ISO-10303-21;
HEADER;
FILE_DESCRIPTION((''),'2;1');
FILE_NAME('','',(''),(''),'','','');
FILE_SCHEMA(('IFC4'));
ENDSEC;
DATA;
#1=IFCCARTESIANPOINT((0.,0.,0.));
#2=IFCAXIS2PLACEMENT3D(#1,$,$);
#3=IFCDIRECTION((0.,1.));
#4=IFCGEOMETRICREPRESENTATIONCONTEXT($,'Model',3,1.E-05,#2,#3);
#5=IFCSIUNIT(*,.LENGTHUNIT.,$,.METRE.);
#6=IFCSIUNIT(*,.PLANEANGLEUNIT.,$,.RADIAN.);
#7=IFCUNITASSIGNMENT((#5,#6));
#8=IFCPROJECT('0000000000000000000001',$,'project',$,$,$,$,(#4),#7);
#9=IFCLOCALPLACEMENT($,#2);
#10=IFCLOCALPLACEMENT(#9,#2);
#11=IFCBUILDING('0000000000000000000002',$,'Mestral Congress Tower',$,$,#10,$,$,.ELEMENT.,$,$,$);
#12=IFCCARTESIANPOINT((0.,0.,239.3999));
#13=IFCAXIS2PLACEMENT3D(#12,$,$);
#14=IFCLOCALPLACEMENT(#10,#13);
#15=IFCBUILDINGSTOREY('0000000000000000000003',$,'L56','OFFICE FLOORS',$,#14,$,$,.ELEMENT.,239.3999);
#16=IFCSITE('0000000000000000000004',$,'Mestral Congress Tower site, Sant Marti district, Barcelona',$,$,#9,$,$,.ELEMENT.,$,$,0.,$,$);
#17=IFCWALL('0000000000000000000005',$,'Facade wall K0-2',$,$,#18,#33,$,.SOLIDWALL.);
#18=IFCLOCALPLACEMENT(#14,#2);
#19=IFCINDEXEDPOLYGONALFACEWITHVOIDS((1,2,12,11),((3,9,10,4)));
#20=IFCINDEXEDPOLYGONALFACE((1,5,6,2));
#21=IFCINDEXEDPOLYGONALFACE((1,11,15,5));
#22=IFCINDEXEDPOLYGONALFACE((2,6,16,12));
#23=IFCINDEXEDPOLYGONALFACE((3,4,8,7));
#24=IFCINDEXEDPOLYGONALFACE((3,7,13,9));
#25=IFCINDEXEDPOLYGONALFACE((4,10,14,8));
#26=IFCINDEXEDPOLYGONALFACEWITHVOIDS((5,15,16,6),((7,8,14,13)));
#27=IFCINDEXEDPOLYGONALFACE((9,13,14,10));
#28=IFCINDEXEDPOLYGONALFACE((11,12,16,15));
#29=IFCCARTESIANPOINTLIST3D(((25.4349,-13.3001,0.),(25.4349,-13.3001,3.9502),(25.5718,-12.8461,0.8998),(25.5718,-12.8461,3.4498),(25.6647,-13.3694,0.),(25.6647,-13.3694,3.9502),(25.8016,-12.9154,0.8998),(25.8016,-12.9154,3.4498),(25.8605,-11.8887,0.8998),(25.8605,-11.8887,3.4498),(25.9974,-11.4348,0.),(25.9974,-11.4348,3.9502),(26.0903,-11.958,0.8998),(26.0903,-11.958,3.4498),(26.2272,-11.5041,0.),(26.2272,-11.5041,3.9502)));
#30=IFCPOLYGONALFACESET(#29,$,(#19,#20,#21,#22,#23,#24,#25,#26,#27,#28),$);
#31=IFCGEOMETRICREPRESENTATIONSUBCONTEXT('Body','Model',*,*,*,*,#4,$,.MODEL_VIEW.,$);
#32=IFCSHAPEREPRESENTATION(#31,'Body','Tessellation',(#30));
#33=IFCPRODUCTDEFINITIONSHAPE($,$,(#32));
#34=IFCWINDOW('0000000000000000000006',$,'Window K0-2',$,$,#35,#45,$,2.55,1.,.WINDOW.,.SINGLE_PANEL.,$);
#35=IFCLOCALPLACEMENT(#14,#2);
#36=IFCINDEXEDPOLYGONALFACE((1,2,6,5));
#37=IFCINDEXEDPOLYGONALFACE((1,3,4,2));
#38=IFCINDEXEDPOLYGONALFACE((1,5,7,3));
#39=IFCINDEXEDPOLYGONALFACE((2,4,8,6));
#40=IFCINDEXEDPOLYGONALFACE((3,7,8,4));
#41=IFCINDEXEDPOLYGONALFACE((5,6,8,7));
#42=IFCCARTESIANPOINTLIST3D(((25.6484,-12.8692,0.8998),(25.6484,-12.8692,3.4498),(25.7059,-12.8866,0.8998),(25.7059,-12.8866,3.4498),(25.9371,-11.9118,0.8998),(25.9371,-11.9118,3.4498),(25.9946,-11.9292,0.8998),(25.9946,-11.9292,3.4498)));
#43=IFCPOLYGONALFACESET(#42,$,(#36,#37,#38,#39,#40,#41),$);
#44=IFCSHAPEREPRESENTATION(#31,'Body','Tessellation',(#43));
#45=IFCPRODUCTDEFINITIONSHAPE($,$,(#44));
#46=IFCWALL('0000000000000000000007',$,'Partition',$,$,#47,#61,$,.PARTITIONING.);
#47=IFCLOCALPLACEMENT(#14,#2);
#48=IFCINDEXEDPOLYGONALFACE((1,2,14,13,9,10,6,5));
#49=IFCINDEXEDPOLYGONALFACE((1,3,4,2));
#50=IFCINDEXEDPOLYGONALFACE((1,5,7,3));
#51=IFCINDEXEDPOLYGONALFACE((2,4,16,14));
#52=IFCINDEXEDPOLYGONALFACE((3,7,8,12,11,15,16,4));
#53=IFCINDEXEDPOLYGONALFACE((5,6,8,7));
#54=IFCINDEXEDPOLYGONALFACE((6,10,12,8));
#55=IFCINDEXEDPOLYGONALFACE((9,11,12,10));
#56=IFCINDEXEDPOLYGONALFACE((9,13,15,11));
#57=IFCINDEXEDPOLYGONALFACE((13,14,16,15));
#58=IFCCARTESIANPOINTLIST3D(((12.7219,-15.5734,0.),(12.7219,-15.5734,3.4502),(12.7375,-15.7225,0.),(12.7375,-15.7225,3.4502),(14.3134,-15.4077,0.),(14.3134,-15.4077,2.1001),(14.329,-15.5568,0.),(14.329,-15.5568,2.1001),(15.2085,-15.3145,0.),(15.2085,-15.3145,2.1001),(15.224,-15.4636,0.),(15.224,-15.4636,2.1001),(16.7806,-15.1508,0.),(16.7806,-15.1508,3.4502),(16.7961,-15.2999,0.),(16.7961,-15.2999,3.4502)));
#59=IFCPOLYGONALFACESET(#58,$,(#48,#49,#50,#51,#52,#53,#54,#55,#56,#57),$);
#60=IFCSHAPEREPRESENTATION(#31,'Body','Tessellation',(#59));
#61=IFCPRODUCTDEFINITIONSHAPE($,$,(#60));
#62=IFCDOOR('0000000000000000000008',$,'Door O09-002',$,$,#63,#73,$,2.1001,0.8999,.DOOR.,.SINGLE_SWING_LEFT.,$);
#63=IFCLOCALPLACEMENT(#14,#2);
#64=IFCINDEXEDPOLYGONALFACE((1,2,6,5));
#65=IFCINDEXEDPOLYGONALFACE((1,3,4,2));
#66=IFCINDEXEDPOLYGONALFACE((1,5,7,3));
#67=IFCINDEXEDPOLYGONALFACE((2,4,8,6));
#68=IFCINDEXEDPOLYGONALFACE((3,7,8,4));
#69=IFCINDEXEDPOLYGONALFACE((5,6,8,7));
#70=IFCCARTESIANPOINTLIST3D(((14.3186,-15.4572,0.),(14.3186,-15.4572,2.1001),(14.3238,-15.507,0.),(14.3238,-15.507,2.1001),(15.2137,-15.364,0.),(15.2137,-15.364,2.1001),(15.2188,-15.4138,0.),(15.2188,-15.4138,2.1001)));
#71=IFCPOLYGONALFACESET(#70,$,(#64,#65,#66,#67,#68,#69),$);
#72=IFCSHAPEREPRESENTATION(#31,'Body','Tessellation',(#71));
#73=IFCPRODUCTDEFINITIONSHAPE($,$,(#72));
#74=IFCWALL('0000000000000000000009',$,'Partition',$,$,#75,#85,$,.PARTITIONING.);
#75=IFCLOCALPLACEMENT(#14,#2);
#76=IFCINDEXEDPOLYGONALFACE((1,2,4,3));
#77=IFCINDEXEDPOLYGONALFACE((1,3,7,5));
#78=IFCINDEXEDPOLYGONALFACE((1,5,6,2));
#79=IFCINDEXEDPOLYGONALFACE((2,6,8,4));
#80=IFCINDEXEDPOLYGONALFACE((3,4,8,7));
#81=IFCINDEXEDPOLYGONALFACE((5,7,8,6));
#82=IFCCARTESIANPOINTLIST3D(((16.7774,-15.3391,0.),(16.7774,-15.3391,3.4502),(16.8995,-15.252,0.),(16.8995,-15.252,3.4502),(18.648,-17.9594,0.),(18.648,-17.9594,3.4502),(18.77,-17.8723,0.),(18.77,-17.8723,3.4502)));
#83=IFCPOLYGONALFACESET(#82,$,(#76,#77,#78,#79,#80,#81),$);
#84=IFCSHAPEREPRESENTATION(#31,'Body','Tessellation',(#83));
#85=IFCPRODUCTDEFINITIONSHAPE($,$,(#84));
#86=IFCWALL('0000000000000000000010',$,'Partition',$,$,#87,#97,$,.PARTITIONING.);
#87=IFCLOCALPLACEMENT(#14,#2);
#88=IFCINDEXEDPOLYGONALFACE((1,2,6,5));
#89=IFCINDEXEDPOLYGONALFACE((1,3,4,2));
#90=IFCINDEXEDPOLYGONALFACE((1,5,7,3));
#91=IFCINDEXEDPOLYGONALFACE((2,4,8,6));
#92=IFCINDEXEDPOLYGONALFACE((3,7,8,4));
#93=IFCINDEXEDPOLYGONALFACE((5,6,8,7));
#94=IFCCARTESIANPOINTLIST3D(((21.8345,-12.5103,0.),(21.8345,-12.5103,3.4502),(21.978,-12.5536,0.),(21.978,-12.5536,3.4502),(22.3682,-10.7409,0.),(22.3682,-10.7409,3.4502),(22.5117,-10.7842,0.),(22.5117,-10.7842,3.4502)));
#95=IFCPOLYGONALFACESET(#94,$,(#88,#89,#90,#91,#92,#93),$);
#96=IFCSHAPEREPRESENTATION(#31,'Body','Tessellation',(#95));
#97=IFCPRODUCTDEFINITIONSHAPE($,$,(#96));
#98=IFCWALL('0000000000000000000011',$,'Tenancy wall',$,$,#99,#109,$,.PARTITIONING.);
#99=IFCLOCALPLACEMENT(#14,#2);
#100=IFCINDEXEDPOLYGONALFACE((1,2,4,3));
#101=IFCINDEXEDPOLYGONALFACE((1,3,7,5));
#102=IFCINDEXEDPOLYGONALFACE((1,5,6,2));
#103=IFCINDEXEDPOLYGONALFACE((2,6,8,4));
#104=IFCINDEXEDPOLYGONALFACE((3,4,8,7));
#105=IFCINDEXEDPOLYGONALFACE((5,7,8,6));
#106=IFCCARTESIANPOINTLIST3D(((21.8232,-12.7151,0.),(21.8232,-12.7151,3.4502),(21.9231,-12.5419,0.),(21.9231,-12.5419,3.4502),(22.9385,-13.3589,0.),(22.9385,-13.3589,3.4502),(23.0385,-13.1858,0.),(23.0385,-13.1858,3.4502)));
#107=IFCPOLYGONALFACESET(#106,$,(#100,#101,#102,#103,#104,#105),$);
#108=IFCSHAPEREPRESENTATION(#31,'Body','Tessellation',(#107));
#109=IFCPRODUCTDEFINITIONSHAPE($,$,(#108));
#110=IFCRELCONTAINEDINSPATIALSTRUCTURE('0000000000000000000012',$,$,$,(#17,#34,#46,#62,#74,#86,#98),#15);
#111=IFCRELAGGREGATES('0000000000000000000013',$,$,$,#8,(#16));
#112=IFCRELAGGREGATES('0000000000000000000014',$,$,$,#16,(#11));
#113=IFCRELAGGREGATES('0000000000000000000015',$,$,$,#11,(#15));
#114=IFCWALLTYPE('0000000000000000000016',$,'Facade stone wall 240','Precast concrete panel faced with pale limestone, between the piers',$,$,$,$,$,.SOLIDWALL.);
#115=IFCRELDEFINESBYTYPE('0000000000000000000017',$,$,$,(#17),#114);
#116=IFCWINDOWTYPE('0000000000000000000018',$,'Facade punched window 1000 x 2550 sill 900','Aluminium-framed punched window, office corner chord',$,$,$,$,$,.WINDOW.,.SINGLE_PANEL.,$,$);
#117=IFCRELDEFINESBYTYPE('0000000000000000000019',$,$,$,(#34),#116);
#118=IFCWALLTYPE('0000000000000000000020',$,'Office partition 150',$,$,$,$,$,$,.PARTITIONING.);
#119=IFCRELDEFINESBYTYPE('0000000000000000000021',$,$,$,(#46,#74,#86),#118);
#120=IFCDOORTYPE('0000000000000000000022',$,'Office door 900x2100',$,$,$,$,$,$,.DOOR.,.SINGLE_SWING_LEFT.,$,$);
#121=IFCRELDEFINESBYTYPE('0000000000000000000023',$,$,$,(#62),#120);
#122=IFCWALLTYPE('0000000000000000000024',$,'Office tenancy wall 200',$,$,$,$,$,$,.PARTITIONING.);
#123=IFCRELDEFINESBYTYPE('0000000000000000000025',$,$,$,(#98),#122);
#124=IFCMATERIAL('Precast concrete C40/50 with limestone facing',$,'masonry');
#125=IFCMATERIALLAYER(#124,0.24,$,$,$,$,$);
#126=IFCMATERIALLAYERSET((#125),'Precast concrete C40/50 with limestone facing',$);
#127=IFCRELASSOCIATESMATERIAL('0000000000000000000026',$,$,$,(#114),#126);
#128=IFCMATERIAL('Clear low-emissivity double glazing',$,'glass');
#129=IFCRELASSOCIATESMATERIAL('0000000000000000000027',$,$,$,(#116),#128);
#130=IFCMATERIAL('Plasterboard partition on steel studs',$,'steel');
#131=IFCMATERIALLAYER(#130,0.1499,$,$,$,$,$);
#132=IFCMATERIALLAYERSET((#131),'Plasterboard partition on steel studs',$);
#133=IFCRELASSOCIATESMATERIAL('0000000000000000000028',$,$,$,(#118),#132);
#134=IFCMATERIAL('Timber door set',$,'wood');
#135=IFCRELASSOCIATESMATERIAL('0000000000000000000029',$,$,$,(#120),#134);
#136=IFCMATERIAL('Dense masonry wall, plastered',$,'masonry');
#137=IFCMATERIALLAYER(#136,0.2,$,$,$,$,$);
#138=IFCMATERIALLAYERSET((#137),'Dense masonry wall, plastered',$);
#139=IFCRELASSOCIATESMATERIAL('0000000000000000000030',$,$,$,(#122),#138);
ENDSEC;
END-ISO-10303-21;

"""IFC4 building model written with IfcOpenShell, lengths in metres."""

from ifc_helpers import new_model, si_unit, direction, frame, frame_2d, origin, place, context, subcontext, project, spatial, rectangle, extrude, material, layer, layer_set, type_object, element, fill, save


model = new_model("IFC4")

# Units and contexts
model_context = context("Model", 3, precision=1e-05, world=origin(), true_north=direction((0.0, 1.0)))
body_context = subcontext(model_context, "Body", "Model", "MODEL_VIEW")
ifc_project = project(units=[si_unit("LENGTHUNIT", "METRE"), si_unit("PLANEANGLEUNIT", "RADIAN")], contexts=[model_context])

# Site, building, storey
site_placement = place(None, origin())
site = spatial("IfcSite", under=ifc_project, at=site_placement, Name="Mestral Congress Tower site, Sant Marti district, Barcelona", CompositionType="ELEMENT", RefElevation=0.0)
building_placement = place(site_placement, origin())
building = spatial("IfcBuilding", under=site, at=building_placement, Name="Mestral Congress Tower", CompositionType="ELEMENT")
storey_placement = place(building_placement, frame((0.0, 0.0, 239.3999)))
storey = spatial("IfcBuildingStorey", under=building, at=storey_placement, Name="L56", Description="OFFICE FLOORS", CompositionType="ELEMENT", Elevation=239.3999)

# Shared definitions
ifc_material_1 = material(Name="Precast concrete C40/50 with limestone facing", Category="masonry")
ifc_layer_1 = layer(ifc_material_1, 0.24)
ifc_layer_set_1 = layer_set([ifc_layer_1], Name="Precast concrete C40/50 with limestone facing")
wall_type_1 = type_object("IfcWallType", Name="Facade stone wall 240", Description="Precast concrete panel faced with pale limestone, between the piers", PredefinedType="SOLIDWALL", material=ifc_layer_set_1)
ifc_material_2 = material(Name="Clear low-emissivity double glazing", Category="glass")

# Wall, opening, window
window_type_1 = type_object("IfcWindowType", Name="Facade punched window 1000 x 2550 sill 900", Description="Aluminium-framed punched window, office corner chord", PartitioningType="SINGLE_PANEL", PredefinedType="WINDOW", material=ifc_material_2)
wall_1_placement = place(storey_placement, frame((25.5498, -13.3347, 0.0), z_axis=(0.0, 0.0, 1.0), x_axis=(0.288727, 0.957411, 0.0)))
wall_1 = element("IfcWall", 1, at=wall_1_placement, inside=storey, type_object=wall_type_1, Name="Facade wall K0-2", PredefinedType="SOLIDWALL", context=body_context, shape_type="SweptSolid", body=[
    extrude(rectangle(XDim=1.9482, YDim=0.24, at=frame_2d((0.9741, 0.0))), origin(), (0.0, 0.0, 1.0), 3.9502),
])
opening_1_placement = place(wall_1_placement, frame((0.4741, 0.0, 0.8999)))
opening_1 = element("IfcOpeningElement", 2, at=opening_1_placement, cuts=wall_1, PredefinedType="OPENING", context=body_context, shape_type="SweptSolid", body=[
    extrude(rectangle(XDim=1.0, YDim=2.55, at=frame_2d((0.5, 1.2749))), frame((0.0, 0.1299, 0.0), z_axis=(0.0, -1.0, 0.0), x_axis=(1.0, 0.0, 0.0)), (0.0, 0.0, 1.0), 0.26),
])
window_1_placement = place(opening_1_placement, origin())
window_1 = element("IfcWindow", 3, at=window_1_placement, inside=storey, type_object=window_type_1, Name="Window K0-2", OverallHeight=2.55, OverallWidth=1.0, PartitioningType="SINGLE_PANEL", PredefinedType="WINDOW", context=body_context, shape_type="SweptSolid", body=[
    extrude(rectangle(XDim=1.0, YDim=2.55, at=frame_2d((0.5, 1.2749))), frame((0.0, 0.04, 0.0), z_axis=(0.0, -1.0, 0.0), x_axis=(1.0, 0.0, 0.0)), (0.0, 0.0, 1.0), 0.0601),
])
fill(opening_1, window_1)

# Wall, opening, door
ifc_material_3 = material(Name="Plasterboard partition on steel studs", Category="steel")
ifc_layer_2 = layer(ifc_material_3, 0.1499)
ifc_layer_set_2 = layer_set([ifc_layer_2], Name="Plasterboard partition on steel studs")
wall_type_2 = type_object("IfcWallType", Name="Office partition 150", PredefinedType="PARTITIONING", material=ifc_layer_set_2)
wall_2_placement = place(storey_placement, frame((16.7883, -15.2253, 0.0), z_axis=(0.0, 0.0, 1.0), x_axis=(-0.994623, -0.103567, 0.0)))
wall_2 = element("IfcWall", 4, at=wall_2_placement, inside=storey, type_object=wall_type_2, Name="Partition", PredefinedType="PARTITIONING", context=body_context, shape_type="SweptSolid", body=[
    extrude(rectangle(XDim=4.0806, YDim=0.1499, at=frame_2d((2.0403, 0.0))), origin(), (0.0, 0.0, 1.0), 3.4502),
])
opening_2_placement = place(wall_2_placement, frame((1.5806, 0.0, 0.0)))
opening_2 = element("IfcOpeningElement", 5, at=opening_2_placement, cuts=wall_2, PredefinedType="OPENING", context=body_context, shape_type="SweptSolid", body=[
    extrude(rectangle(XDim=0.8999, YDim=2.1001, at=frame_2d((0.45, 1.05))), frame((0.0, 0.085, 0.0), z_axis=(0.0, -1.0, 0.0), x_axis=(1.0, 0.0, 0.0)), (0.0, 0.0, 1.0), 0.1699),
])
ifc_material_4 = material(Name="Timber door set", Category="wood")
door_type = type_object("IfcDoorType", Name="Office door 900x2100", OperationType="SINGLE_SWING_LEFT", PredefinedType="DOOR", material=ifc_material_4)
door_placement = place(opening_2_placement, origin())
door = element("IfcDoor", 6, at=door_placement, inside=storey, type_object=door_type, Name="Door O09-002", OperationType="SINGLE_SWING_LEFT", OverallHeight=2.1001, OverallWidth=0.8999, PredefinedType="DOOR", context=body_context, shape_type="SweptSolid", body=[
    extrude(rectangle(XDim=0.8999, YDim=2.1001, at=frame_2d((0.45, 1.05))), frame((0.0, 0.0249, 0.0), z_axis=(0.0, -1.0, 0.0), x_axis=(1.0, 0.0, 0.0)), (0.0, 0.0, 1.0), 0.05),
])
fill(opening_2, door)

# Walls
wall_3_placement = place(storey_placement, frame((16.8384, -15.2954, 0.0), z_axis=(0.0, 0.0, 1.0), x_axis=(0.581016, -0.813892, 0.0)))
element("IfcWall", 7, at=wall_3_placement, inside=storey, type_object=wall_type_2, Name="Partition", PredefinedType="PARTITIONING", context=body_context, shape_type="SweptSolid", body=[
    extrude(rectangle(XDim=3.2195, YDim=0.1499, at=frame_2d((1.6099, 0.0))), origin(), (0.0, 0.0, 1.0), 3.4502),
])
wall_4_placement = place(storey_placement, frame((21.9062, -12.532, 0.0), z_axis=(0.0, 0.0, 1.0), x_axis=(0.28879, 0.957393, 0.0)))
element("IfcWall", 8, at=wall_4_placement, inside=storey, type_object=wall_type_2, Name="Partition", PredefinedType="PARTITIONING", context=body_context, shape_type="SweptSolid", body=[
    extrude(rectangle(XDim=1.8481, YDim=0.1499, at=frame_2d((0.9241, 0.0))), origin(), (0.0, 0.0, 1.0), 3.4502),
])
ifc_material_5 = material(Name="Dense masonry wall, plastered", Category="masonry")
ifc_layer_3 = layer(ifc_material_5, 0.2)
ifc_layer_set_3 = layer_set([ifc_layer_3], Name="Dense masonry wall, plastered")
wall_type_3 = type_object("IfcWallType", Name="Office tenancy wall 200", PredefinedType="PARTITIONING", material=ifc_layer_set_3)
wall_5_placement = place(storey_placement, frame((21.873, -12.6284, 0.0), z_axis=(0.0, 0.0, 1.0), x_axis=(0.866053, -0.499952, 0.0)))
element("IfcWall", 9, at=wall_5_placement, inside=storey, type_object=wall_type_3, Name="Tenancy wall", PredefinedType="PARTITIONING", context=body_context, shape_type="SweptSolid", body=[
    extrude(rectangle(XDim=1.2878, YDim=0.2, at=frame_2d((0.644, 0.0))), origin(), (0.0, 0.0, 1.0), 3.4502),
])

save(model, "model.ifc")
